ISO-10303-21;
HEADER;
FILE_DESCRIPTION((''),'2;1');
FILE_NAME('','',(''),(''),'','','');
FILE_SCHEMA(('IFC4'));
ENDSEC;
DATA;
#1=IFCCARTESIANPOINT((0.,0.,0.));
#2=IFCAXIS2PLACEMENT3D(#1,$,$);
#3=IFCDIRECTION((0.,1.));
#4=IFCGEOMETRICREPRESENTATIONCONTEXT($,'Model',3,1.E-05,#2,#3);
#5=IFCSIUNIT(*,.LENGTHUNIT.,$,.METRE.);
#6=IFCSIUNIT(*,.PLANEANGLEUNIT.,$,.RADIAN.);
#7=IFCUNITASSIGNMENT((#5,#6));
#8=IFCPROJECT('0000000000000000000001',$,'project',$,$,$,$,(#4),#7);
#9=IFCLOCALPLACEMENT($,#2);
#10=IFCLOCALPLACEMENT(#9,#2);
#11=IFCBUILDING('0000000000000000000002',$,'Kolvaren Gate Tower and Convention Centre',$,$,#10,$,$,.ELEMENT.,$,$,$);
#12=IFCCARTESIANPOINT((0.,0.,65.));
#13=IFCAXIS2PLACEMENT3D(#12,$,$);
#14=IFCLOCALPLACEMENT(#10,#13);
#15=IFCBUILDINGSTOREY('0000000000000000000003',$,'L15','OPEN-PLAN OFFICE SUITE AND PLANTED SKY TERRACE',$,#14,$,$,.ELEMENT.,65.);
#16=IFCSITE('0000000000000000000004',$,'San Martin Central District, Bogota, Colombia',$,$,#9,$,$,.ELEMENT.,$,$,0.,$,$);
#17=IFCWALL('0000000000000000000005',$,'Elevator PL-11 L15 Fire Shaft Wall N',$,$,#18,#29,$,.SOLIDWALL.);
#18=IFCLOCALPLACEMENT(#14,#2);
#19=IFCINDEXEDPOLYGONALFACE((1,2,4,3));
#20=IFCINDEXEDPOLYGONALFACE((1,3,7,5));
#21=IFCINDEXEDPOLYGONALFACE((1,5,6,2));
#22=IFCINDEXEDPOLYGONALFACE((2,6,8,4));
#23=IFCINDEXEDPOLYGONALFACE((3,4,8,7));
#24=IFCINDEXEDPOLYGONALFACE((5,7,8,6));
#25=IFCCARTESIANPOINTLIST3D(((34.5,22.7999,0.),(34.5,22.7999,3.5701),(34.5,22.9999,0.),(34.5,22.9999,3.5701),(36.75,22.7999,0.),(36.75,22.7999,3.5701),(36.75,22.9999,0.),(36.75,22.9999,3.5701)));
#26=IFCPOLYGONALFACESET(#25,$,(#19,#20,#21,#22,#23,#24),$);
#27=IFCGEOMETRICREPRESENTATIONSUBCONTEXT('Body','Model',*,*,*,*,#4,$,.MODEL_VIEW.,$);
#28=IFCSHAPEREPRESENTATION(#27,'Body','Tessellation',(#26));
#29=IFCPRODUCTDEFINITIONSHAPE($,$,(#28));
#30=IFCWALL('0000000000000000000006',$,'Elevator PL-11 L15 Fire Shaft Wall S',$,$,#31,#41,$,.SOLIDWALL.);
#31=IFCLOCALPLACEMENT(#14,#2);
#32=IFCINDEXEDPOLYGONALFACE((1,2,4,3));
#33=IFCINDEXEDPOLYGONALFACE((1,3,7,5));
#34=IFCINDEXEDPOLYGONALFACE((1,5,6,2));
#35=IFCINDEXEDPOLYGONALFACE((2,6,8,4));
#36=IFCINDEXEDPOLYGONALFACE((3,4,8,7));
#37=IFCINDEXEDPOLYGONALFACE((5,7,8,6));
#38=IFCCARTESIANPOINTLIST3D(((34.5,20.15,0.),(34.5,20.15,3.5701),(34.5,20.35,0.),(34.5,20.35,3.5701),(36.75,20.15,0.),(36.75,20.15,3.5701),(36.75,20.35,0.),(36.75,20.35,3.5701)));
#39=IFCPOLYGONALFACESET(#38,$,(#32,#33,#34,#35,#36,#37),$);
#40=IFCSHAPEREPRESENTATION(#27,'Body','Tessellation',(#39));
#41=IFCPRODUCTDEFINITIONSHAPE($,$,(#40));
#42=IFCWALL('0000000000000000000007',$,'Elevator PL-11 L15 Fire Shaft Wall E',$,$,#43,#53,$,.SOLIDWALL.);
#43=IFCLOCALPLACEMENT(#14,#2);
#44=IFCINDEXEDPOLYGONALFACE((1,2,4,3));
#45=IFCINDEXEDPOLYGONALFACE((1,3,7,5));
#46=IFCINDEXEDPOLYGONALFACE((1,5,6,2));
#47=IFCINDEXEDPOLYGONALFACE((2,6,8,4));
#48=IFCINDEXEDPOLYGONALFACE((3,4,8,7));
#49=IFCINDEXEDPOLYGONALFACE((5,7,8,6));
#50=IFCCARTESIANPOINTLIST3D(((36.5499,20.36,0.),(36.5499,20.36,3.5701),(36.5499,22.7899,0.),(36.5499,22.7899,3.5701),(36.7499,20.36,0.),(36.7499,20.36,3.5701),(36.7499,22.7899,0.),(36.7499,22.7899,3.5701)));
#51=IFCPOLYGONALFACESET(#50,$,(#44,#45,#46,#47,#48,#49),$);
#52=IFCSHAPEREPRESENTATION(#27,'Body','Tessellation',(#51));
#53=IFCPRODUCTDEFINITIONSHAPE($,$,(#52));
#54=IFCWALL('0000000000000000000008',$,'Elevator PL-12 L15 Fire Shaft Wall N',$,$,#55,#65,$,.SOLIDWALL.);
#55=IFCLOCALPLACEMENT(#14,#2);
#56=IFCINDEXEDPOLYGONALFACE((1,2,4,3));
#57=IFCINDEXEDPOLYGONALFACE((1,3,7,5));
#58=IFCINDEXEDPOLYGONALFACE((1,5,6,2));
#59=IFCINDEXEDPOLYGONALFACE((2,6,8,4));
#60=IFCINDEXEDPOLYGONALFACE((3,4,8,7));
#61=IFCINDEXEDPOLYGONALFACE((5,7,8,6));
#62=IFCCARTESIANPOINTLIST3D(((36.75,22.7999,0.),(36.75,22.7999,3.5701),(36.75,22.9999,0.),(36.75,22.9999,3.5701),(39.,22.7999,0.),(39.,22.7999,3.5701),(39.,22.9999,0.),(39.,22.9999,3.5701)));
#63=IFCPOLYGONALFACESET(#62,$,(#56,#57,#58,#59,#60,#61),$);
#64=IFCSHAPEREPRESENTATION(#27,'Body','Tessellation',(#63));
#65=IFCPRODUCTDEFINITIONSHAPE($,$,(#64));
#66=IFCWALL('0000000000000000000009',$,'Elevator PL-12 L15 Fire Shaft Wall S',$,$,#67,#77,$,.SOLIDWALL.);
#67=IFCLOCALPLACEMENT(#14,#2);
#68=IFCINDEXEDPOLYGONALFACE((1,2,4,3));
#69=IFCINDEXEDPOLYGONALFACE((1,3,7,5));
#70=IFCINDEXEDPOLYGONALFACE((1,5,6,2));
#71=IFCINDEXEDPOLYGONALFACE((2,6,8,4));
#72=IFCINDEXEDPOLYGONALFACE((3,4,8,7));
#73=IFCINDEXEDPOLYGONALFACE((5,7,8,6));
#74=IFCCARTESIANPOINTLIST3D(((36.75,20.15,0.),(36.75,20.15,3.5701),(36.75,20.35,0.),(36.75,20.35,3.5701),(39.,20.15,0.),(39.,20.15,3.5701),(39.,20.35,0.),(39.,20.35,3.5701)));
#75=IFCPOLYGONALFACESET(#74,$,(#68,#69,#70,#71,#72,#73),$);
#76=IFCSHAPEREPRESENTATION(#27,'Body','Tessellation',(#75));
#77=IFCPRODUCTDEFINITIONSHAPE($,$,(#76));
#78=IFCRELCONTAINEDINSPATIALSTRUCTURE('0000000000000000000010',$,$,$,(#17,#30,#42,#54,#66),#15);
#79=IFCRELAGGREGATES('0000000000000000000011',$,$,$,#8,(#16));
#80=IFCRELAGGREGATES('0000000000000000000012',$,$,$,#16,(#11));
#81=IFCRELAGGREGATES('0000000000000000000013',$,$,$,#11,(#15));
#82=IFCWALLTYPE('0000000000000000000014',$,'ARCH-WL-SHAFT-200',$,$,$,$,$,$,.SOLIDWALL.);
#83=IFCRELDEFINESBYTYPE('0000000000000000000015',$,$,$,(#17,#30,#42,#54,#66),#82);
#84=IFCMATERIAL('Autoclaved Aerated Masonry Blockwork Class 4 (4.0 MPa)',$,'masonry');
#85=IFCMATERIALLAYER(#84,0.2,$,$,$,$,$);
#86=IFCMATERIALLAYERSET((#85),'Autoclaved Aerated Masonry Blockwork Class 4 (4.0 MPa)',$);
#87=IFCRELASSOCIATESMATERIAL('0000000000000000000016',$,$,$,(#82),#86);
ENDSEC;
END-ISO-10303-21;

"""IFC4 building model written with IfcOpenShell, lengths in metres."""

from ifc_helpers import new_model, si_unit, direction, frame, frame_2d, origin, place, context, subcontext, project, spatial, rectangle, extrude, material, layer, layer_set, type_object, element, save


model = new_model("IFC4")

# Units and contexts
model_context = context("Model", 3, precision=1e-05, world=origin(), true_north=direction((0.0, 1.0)))
body_context = subcontext(model_context, "Body", "Model", "MODEL_VIEW")
ifc_project = project(units=[si_unit("LENGTHUNIT", "METRE"), si_unit("PLANEANGLEUNIT", "RADIAN")], contexts=[model_context])

# Site, building, storey
site_placement = place(None, origin())
site = spatial("IfcSite", under=ifc_project, at=site_placement, Name="San Martin Central District, Bogota, Colombia", CompositionType="ELEMENT", RefElevation=0.0)
building_placement = place(site_placement, origin())
building = spatial("IfcBuilding", under=site, at=building_placement, Name="Kolvaren Gate Tower and Convention Centre", CompositionType="ELEMENT")
storey_placement = place(building_placement, frame((0.0, 0.0, 65.0)))
storey = spatial("IfcBuildingStorey", under=building, at=storey_placement, Name="L15", Description="OPEN-PLAN OFFICE SUITE AND PLANTED SKY TERRACE", CompositionType="ELEMENT", Elevation=65.0)

# Walls
ifc_material = material(Name="Autoclaved Aerated Masonry Blockwork Class 4 (4.0 MPa)", Category="masonry")
ifc_layer = layer(ifc_material, 0.2)
ifc_layer_set = layer_set([ifc_layer], Name="Autoclaved Aerated Masonry Blockwork Class 4 (4.0 MPa)")
wall_type = type_object("IfcWallType", Name="ARCH-WL-SHAFT-200", PredefinedType="SOLIDWALL", material=ifc_layer_set)
for number, where, z_axis, x_axis, name in (
    (1, (34.5, 22.8999, 0.0), (0.0, 0.0, 1.0), (1.0, 0.0, 0.0), "Elevator PL-11 L15 Fire Shaft Wall N"),
    (2, (34.5, 20.25, 0.0), (0.0, 0.0, 1.0), (1.0, 0.0, 0.0), "Elevator PL-11 L15 Fire Shaft Wall S"),
):
    element("IfcWall", number, at=place(storey_placement, frame(where, z_axis=z_axis, x_axis=x_axis)), inside=storey, type_object=wall_type, Name=name, PredefinedType="SOLIDWALL", context=body_context, shape_type="SweptSolid", body=[
        extrude(rectangle(XDim=2.25, YDim=0.2, at=frame_2d((1.125, 0.0))), origin(), (0.0, 0.0, 1.0), 3.5701),
    ])
wall_1_placement = place(storey_placement, frame((36.6499, 20.3601, 0.0), z_axis=(0.0, 0.0, 1.0), x_axis=(0.0, 1.0, 0.0)))
element("IfcWall", 3, at=wall_1_placement, inside=storey, type_object=wall_type, Name="Elevator PL-11 L15 Fire Shaft Wall E", PredefinedType="SOLIDWALL", context=body_context, shape_type="SweptSolid", body=[
    extrude(rectangle(XDim=2.4299, YDim=0.2, at=frame_2d((1.2148, 0.0))), origin(), (0.0, 0.0, 1.0), 3.5701),
])
for number, where, z_axis, x_axis, name in (
    (4, (36.75, 22.8999, 0.0), (0.0, 0.0, 1.0), (1.0, 0.0, 0.0), "Elevator PL-12 L15 Fire Shaft Wall N"),
    (5, (36.75, 20.25, 0.0), (0.0, 0.0, 1.0), (1.0, 0.0, 0.0), "Elevator PL-12 L15 Fire Shaft Wall S"),
):
    element("IfcWall", number, at=place(storey_placement, frame(where, z_axis=z_axis, x_axis=x_axis)), inside=storey, type_object=wall_type, Name=name, PredefinedType="SOLIDWALL", context=body_context, shape_type="SweptSolid", body=[
        extrude(rectangle(XDim=2.25, YDim=0.2, at=frame_2d((1.125, 0.0))), origin(), (0.0, 0.0, 1.0), 3.5701),
    ])

save(model, "model.ifc")
